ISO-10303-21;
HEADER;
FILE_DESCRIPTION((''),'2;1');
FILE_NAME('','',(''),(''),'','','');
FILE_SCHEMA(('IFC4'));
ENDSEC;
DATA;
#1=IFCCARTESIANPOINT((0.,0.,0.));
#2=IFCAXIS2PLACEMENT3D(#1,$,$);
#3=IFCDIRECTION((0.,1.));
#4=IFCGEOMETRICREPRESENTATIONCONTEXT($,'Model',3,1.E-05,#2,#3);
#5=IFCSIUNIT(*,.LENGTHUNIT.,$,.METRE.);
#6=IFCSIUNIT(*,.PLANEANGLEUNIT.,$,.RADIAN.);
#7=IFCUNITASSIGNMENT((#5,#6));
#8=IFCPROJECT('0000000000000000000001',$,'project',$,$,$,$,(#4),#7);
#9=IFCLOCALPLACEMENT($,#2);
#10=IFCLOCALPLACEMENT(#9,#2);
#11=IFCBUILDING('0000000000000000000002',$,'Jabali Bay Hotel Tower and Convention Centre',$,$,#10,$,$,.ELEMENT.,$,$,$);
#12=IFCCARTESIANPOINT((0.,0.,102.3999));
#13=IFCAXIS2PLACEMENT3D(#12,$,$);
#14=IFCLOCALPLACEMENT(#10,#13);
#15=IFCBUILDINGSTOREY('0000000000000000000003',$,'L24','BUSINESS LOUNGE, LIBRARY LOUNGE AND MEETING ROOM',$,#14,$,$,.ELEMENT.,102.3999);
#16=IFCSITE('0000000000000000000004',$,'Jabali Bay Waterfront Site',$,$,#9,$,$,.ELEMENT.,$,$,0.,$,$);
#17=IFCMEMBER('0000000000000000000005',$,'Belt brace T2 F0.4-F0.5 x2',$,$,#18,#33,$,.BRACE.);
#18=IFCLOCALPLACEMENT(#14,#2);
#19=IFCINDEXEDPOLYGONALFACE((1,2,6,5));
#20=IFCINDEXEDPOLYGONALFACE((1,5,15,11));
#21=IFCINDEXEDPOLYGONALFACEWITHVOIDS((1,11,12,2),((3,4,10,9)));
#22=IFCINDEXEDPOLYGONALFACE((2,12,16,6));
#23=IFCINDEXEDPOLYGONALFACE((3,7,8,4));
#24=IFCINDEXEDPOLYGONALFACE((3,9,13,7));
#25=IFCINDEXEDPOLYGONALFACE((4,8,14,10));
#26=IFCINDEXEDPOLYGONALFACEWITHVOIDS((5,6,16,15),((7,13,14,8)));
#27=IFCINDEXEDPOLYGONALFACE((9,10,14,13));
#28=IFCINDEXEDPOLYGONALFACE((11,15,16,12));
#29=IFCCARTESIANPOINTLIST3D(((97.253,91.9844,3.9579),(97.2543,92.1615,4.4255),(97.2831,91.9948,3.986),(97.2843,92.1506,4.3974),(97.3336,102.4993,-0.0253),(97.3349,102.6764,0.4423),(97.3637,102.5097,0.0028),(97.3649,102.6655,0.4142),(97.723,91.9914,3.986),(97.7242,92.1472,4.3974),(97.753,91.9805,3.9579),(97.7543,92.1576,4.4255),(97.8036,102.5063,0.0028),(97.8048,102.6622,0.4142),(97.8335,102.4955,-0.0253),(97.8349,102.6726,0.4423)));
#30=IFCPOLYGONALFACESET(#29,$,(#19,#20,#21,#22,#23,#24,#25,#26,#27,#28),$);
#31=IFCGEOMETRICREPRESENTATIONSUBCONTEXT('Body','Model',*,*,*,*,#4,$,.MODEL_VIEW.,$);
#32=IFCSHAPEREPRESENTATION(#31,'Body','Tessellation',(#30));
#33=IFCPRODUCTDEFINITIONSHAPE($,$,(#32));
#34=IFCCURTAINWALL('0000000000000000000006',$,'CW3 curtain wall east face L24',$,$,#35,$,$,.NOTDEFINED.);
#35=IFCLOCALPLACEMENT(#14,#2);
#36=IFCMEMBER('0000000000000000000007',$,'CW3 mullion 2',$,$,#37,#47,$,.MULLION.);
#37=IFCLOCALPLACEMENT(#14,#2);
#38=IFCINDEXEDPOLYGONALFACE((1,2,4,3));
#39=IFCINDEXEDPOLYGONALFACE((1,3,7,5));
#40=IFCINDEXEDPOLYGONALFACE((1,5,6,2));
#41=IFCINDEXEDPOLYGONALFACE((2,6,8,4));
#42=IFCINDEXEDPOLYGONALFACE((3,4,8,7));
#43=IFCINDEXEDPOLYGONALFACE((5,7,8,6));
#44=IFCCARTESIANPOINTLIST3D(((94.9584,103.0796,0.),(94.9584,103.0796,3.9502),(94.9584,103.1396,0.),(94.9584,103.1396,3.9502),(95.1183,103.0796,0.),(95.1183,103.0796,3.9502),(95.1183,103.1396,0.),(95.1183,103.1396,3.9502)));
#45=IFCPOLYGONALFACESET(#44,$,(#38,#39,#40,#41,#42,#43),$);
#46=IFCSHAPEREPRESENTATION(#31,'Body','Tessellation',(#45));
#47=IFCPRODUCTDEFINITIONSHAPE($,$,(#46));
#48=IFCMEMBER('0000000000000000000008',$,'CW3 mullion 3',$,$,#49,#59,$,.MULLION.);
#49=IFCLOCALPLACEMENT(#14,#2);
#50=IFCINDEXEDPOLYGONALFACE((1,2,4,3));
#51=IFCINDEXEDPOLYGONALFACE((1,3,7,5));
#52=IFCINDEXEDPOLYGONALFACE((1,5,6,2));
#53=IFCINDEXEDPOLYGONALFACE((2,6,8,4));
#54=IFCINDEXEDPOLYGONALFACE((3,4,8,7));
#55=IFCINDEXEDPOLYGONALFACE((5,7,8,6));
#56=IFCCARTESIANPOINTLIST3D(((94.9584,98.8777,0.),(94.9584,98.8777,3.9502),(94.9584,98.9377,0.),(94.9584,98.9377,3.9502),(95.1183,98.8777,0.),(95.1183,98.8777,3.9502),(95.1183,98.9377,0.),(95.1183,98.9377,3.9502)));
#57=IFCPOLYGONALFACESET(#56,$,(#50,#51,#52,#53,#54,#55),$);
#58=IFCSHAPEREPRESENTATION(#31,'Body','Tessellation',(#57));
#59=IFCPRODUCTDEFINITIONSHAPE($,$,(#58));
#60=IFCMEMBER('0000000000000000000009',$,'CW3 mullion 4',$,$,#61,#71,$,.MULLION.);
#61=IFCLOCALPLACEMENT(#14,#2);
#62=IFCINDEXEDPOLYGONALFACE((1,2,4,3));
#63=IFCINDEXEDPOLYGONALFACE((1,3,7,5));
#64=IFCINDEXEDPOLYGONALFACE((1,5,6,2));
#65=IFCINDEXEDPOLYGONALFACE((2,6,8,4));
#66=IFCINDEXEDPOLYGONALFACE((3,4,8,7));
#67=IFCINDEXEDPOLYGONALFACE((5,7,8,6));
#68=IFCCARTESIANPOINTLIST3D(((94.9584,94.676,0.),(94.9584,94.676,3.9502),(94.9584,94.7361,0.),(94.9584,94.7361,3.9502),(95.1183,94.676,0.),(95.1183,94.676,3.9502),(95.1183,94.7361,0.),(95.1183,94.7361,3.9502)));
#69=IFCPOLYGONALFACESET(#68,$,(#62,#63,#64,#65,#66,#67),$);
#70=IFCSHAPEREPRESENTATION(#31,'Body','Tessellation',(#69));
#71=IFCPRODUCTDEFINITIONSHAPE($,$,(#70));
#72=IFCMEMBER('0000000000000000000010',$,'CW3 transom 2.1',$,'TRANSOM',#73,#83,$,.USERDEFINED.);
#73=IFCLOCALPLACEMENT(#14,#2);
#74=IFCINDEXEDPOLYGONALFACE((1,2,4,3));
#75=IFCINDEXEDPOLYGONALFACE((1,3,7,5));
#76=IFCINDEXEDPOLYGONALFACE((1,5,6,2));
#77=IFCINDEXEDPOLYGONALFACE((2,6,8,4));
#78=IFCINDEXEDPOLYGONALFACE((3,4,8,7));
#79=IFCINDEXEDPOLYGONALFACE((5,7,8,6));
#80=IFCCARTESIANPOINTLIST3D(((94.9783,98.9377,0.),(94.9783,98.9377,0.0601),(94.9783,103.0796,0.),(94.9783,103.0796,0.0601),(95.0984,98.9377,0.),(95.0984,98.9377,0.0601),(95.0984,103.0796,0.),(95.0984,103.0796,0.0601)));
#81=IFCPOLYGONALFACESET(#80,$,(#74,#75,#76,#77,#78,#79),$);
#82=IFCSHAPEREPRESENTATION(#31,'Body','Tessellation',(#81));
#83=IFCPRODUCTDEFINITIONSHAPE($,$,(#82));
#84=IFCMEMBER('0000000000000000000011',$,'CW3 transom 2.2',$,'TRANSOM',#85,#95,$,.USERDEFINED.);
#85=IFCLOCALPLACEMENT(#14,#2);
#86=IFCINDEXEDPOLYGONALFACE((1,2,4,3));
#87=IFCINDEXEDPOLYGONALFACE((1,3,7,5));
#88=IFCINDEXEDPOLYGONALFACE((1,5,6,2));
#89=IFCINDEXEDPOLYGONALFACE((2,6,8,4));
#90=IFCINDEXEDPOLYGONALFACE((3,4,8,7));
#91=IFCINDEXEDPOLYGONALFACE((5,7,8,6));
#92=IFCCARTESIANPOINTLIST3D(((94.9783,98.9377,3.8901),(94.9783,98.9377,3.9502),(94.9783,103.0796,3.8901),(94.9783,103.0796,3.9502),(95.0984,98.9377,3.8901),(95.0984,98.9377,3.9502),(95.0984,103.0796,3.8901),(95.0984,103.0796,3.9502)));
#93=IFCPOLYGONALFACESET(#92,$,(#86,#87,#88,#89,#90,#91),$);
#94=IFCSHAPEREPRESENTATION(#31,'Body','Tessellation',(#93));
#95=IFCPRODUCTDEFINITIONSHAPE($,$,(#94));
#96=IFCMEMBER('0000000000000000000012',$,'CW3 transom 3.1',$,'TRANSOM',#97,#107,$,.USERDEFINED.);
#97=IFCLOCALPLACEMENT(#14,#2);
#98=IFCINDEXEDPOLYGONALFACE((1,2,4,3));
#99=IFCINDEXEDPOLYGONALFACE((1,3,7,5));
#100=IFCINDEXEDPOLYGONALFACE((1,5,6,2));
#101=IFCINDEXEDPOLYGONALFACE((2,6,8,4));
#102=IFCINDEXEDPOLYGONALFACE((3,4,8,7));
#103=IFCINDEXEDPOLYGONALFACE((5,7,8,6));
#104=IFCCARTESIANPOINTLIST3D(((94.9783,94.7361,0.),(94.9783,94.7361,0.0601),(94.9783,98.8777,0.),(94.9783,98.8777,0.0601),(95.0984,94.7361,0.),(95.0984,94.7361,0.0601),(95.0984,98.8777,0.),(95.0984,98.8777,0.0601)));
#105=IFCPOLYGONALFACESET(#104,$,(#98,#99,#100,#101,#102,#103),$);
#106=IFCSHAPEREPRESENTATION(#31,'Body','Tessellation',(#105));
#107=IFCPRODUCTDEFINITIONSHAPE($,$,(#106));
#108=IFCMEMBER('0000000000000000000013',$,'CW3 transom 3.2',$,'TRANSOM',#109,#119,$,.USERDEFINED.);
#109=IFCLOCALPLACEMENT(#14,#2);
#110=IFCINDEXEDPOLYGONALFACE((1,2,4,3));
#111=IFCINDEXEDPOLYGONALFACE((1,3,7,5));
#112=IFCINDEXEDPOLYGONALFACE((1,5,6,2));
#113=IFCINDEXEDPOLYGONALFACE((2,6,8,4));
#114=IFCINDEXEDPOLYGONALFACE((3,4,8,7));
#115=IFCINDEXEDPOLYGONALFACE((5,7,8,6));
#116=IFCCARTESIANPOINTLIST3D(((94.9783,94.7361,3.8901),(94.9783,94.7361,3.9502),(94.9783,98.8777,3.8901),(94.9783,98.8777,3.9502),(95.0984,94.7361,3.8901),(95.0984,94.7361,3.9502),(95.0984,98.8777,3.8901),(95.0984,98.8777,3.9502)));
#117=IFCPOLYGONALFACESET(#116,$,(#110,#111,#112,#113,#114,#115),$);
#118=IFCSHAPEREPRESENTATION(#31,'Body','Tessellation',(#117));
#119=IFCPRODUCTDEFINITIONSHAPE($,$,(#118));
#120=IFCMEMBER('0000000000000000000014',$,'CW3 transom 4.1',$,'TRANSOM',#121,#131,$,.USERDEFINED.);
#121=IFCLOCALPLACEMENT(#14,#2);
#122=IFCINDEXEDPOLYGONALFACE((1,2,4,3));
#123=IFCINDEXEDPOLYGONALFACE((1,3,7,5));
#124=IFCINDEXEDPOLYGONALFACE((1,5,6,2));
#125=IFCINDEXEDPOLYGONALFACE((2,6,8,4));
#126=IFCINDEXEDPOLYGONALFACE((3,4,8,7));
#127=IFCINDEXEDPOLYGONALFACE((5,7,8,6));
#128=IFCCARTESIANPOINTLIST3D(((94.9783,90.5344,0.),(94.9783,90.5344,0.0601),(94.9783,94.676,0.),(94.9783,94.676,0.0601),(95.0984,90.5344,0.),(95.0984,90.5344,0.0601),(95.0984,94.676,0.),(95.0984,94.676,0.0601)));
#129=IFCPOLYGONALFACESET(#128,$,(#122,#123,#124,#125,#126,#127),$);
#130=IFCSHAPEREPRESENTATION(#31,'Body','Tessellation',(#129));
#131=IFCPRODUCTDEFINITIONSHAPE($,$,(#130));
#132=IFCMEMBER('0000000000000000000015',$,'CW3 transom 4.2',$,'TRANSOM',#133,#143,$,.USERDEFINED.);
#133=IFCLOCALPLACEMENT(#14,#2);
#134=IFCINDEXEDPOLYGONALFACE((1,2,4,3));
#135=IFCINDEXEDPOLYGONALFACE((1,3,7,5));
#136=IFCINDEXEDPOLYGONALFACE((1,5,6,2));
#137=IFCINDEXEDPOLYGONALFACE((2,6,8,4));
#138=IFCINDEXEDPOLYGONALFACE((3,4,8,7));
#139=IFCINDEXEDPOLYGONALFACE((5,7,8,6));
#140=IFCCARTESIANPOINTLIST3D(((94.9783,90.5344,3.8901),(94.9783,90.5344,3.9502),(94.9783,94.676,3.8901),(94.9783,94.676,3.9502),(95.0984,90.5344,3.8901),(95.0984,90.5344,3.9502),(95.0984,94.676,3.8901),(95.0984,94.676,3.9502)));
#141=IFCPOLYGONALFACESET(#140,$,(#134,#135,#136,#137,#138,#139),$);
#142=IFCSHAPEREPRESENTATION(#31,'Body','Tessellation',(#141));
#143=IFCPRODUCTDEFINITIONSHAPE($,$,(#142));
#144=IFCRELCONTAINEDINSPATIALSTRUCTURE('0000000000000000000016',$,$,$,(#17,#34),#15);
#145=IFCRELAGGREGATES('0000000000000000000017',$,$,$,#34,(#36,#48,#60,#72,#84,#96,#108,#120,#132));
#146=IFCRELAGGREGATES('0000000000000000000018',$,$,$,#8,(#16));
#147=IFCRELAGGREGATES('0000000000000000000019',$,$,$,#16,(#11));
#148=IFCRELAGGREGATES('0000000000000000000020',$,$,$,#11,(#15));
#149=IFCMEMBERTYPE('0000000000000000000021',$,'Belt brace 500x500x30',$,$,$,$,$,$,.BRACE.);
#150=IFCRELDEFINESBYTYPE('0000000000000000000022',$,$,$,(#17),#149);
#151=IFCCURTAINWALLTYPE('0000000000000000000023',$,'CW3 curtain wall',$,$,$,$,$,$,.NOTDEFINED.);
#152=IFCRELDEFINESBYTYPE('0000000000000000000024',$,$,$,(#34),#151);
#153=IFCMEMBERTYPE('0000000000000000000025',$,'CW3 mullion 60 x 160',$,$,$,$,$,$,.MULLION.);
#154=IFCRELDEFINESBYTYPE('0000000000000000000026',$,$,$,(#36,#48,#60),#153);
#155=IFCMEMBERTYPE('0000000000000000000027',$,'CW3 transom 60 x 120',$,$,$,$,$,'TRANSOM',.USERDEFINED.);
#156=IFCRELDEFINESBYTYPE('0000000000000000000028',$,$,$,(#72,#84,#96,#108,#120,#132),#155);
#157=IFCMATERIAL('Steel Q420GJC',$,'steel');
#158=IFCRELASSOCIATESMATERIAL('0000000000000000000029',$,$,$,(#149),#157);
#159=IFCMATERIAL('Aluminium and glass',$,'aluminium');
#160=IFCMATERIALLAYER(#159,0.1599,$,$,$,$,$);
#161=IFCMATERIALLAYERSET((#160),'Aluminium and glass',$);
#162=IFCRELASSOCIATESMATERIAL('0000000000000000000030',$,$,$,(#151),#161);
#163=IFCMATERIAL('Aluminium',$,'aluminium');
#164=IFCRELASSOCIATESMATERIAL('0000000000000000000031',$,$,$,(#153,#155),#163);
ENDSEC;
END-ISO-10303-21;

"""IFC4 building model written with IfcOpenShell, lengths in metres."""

from ifc_helpers import new_model, si_unit, direction, frame, origin, origin_2d, place, context, subcontext, project, spatial, rectangle, hollow_rectangle, extrude, material, layer, layer_set, material_profile, profile_set, type_object, element, aggregate, save


model = new_model("IFC4")

# Units and contexts
model_context = context("Model", 3, precision=1e-05, world=origin(), true_north=direction((0.0, 1.0)))
body_context = subcontext(model_context, "Body", "Model", "MODEL_VIEW")
ifc_project = project(units=[si_unit("LENGTHUNIT", "METRE"), si_unit("PLANEANGLEUNIT", "RADIAN")], contexts=[model_context])

# Site, building, storey
site_placement = place(None, origin())
site = spatial("IfcSite", under=ifc_project, at=site_placement, Name="Jabali Bay Waterfront Site", CompositionType="ELEMENT", RefElevation=0.0)
building_placement = place(site_placement, origin())
building = spatial("IfcBuilding", under=site, at=building_placement, Name="Jabali Bay Hotel Tower and Convention Centre", CompositionType="ELEMENT")
storey_placement = place(building_placement, frame((0.0, 0.0, 102.3999)))
storey = spatial("IfcBuildingStorey", under=building, at=storey_placement, Name="L24", Description="BUSINESS LOUNGE, LIBRARY LOUNGE AND MEETING ROOM", CompositionType="ELEMENT", Elevation=102.3999)

# Member
ifc_material_1 = material(Name="Steel Q420GJC", Category="steel")
ifc_material_profile_1 = material_profile(ifc_material_1, hollow_rectangle(XDim=0.5, YDim=0.5, WallThickness=0.03, at=origin_2d()), Name="Belt brace 500x500x30")
ifc_profile_set_1 = profile_set([ifc_material_profile_1], Name="Steel Q420GJC")
member_type_1 = type_object("IfcMemberType", Name="Belt brace 500x500x30", PredefinedType="BRACE", material=ifc_profile_set_1)
member_1_placement = place(storey_placement, frame((97.5842, 102.5859, 0.2085), z_axis=(-0.007165, -0.935128, 0.354237), x_axis=(0.999971, -0.007662, 0.0)))
element("IfcMember", 1, at=member_1_placement, inside=storey, type_object=member_type_1, Name="Belt brace T2 F0.4-F0.5 x2", PredefinedType="BRACE", context=body_context, shape_type="SweptSolid", body=[
    extrude(hollow_rectangle(XDim=0.5, YDim=0.5, WallThickness=0.03, at=origin_2d()), origin(), (0.0, 0.0, 1.0), 11.2444),
])

# Curtain wall, members
ifc_material_2 = material(Name="Aluminium and glass", Category="aluminium")
ifc_layer_1 = layer(ifc_material_2, 0.1599)
ifc_layer_set_1 = layer_set([ifc_layer_1], Name="Aluminium and glass")
curtain_wall_type = type_object("IfcCurtainWallType", Name="CW3 curtain wall", PredefinedType="NOTDEFINED", material=ifc_layer_set_1)
curtain_wall_placement = place(storey_placement, origin())
curtain_wall = element("IfcCurtainWall", 2, at=curtain_wall_placement, inside=storey, type_object=curtain_wall_type, Name="CW3 curtain wall east face L24", PredefinedType="NOTDEFINED")
ifc_material_3 = material(Name="Aluminium", Category="aluminium")
ifc_material_profile_2 = material_profile(ifc_material_3, rectangle(XDim=0.1599, YDim=0.0601, at=origin_2d()), Name="CW3 mullion 60 x 160")
ifc_profile_set_2 = profile_set([ifc_material_profile_2], Name="Aluminium")
member_type_2 = type_object("IfcMemberType", Name="CW3 mullion 60 x 160", PredefinedType="MULLION", material=ifc_profile_set_2)
member_2_placement = place(storey_placement, frame((95.0383, 103.1096, 0.0), z_axis=(0.0, 0.0, 1.0), x_axis=(1.0, 0.0, 0.0)))
member_2 = element("IfcMember", 3, at=member_2_placement, type_object=member_type_2, Name="CW3 mullion 2", PredefinedType="MULLION", context=body_context, shape_type="SweptSolid", body=[
    extrude(rectangle(XDim=0.1599, YDim=0.0601, at=origin_2d()), origin(), (0.0, 0.0, 1.0), 3.9502),
])
member_3_placement = place(storey_placement, frame((95.0383, 98.9077, 0.0), z_axis=(0.0, 0.0, 1.0), x_axis=(1.0, 0.0, 0.0)))
member_3 = element("IfcMember", 4, at=member_3_placement, type_object=member_type_2, Name="CW3 mullion 3", PredefinedType="MULLION", context=body_context, shape_type="SweptSolid", body=[
    extrude(rectangle(XDim=0.1599, YDim=0.0601, at=origin_2d()), origin(), (0.0, 0.0, 1.0), 3.9502),
])
member_4_placement = place(storey_placement, frame((95.0383, 94.7061, 0.0), z_axis=(0.0, 0.0, 1.0), x_axis=(1.0, 0.0, 0.0)))
member_4 = element("IfcMember", 5, at=member_4_placement, type_object=member_type_2, Name="CW3 mullion 4", PredefinedType="MULLION", context=body_context, shape_type="SweptSolid", body=[
    extrude(rectangle(XDim=0.1599, YDim=0.0601, at=origin_2d()), origin(), (0.0, 0.0, 1.0), 3.9502),
])
ifc_material_profile_3 = material_profile(ifc_material_3, rectangle(XDim=0.1201, YDim=0.0601, at=origin_2d()), Name="CW3 transom 60 x 120")
ifc_profile_set_3 = profile_set([ifc_material_profile_3], Name="Aluminium")
member_type_3 = type_object("IfcMemberType", Name="CW3 transom 60 x 120", ElementType="TRANSOM", PredefinedType="USERDEFINED", material=ifc_profile_set_3)
member_5_placement = place(storey_placement, frame((95.0383, 103.0796, 0.03), z_axis=(0.0, -1.0, 0.0), x_axis=(1.0, 0.0, 0.0)))
member_5 = element("IfcMember", 6, at=member_5_placement, type_object=member_type_3, Name="CW3 transom 2.1", ObjectType="TRANSOM", PredefinedType="USERDEFINED", context=body_context, shape_type="SweptSolid", body=[
    extrude(rectangle(XDim=0.1201, YDim=0.0601, at=origin_2d()), origin(), (0.0, 0.0, 1.0), 4.1418),
])
member_6_placement = place(storey_placement, frame((95.0383, 103.0796, 3.9202), z_axis=(0.0, -1.0, 0.0), x_axis=(1.0, 0.0, 0.0)))
member_6 = element("IfcMember", 7, at=member_6_placement, type_object=member_type_3, Name="CW3 transom 2.2", ObjectType="TRANSOM", PredefinedType="USERDEFINED", context=body_context, shape_type="SweptSolid", body=[
    extrude(rectangle(XDim=0.1201, YDim=0.0601, at=origin_2d()), origin(), (0.0, 0.0, 1.0), 4.1418),
])
member_7_placement = place(storey_placement, frame((95.0383, 98.8777, 0.03), z_axis=(0.0, -1.0, 0.0), x_axis=(1.0, 0.0, 0.0)))
member_7 = element("IfcMember", 8, at=member_7_placement, type_object=member_type_3, Name="CW3 transom 3.1", ObjectType="TRANSOM", PredefinedType="USERDEFINED", context=body_context, shape_type="SweptSolid", body=[
    extrude(rectangle(XDim=0.1201, YDim=0.0601, at=origin_2d()), origin(), (0.0, 0.0, 1.0), 4.1416),
])
member_8_placement = place(storey_placement, frame((95.0383, 98.8777, 3.9202), z_axis=(0.0, -1.0, 0.0), x_axis=(1.0, 0.0, 0.0)))
member_8 = element("IfcMember", 9, at=member_8_placement, type_object=member_type_3, Name="CW3 transom 3.2", ObjectType="TRANSOM", PredefinedType="USERDEFINED", context=body_context, shape_type="SweptSolid", body=[
    extrude(rectangle(XDim=0.1201, YDim=0.0601, at=origin_2d()), origin(), (0.0, 0.0, 1.0), 4.1416),
])
member_9_placement = place(storey_placement, frame((95.0383, 94.676, 0.03), z_axis=(0.0, -1.0, 0.0), x_axis=(1.0, 0.0, 0.0)))
member_9 = element("IfcMember", 10, at=member_9_placement, type_object=member_type_3, Name="CW3 transom 4.1", ObjectType="TRANSOM", PredefinedType="USERDEFINED", context=body_context, shape_type="SweptSolid", body=[
    extrude(rectangle(XDim=0.1201, YDim=0.0601, at=origin_2d()), origin(), (0.0, 0.0, 1.0), 4.1416),
])
member_10_placement = place(storey_placement, frame((95.0383, 94.676, 3.9202), z_axis=(0.0, -1.0, 0.0), x_axis=(1.0, 0.0, 0.0)))
member_10 = element("IfcMember", 11, at=member_10_placement, type_object=member_type_3, Name="CW3 transom 4.2", ObjectType="TRANSOM", PredefinedType="USERDEFINED", context=body_context, shape_type="SweptSolid", body=[
    extrude(rectangle(XDim=0.1201, YDim=0.0601, at=origin_2d()), origin(), (0.0, 0.0, 1.0), 4.1416),
])

aggregate(curtain_wall, [member_2, member_3, member_4, member_5, member_6, member_7, member_8, member_9, member_10])

save(model, "model.ifc")
